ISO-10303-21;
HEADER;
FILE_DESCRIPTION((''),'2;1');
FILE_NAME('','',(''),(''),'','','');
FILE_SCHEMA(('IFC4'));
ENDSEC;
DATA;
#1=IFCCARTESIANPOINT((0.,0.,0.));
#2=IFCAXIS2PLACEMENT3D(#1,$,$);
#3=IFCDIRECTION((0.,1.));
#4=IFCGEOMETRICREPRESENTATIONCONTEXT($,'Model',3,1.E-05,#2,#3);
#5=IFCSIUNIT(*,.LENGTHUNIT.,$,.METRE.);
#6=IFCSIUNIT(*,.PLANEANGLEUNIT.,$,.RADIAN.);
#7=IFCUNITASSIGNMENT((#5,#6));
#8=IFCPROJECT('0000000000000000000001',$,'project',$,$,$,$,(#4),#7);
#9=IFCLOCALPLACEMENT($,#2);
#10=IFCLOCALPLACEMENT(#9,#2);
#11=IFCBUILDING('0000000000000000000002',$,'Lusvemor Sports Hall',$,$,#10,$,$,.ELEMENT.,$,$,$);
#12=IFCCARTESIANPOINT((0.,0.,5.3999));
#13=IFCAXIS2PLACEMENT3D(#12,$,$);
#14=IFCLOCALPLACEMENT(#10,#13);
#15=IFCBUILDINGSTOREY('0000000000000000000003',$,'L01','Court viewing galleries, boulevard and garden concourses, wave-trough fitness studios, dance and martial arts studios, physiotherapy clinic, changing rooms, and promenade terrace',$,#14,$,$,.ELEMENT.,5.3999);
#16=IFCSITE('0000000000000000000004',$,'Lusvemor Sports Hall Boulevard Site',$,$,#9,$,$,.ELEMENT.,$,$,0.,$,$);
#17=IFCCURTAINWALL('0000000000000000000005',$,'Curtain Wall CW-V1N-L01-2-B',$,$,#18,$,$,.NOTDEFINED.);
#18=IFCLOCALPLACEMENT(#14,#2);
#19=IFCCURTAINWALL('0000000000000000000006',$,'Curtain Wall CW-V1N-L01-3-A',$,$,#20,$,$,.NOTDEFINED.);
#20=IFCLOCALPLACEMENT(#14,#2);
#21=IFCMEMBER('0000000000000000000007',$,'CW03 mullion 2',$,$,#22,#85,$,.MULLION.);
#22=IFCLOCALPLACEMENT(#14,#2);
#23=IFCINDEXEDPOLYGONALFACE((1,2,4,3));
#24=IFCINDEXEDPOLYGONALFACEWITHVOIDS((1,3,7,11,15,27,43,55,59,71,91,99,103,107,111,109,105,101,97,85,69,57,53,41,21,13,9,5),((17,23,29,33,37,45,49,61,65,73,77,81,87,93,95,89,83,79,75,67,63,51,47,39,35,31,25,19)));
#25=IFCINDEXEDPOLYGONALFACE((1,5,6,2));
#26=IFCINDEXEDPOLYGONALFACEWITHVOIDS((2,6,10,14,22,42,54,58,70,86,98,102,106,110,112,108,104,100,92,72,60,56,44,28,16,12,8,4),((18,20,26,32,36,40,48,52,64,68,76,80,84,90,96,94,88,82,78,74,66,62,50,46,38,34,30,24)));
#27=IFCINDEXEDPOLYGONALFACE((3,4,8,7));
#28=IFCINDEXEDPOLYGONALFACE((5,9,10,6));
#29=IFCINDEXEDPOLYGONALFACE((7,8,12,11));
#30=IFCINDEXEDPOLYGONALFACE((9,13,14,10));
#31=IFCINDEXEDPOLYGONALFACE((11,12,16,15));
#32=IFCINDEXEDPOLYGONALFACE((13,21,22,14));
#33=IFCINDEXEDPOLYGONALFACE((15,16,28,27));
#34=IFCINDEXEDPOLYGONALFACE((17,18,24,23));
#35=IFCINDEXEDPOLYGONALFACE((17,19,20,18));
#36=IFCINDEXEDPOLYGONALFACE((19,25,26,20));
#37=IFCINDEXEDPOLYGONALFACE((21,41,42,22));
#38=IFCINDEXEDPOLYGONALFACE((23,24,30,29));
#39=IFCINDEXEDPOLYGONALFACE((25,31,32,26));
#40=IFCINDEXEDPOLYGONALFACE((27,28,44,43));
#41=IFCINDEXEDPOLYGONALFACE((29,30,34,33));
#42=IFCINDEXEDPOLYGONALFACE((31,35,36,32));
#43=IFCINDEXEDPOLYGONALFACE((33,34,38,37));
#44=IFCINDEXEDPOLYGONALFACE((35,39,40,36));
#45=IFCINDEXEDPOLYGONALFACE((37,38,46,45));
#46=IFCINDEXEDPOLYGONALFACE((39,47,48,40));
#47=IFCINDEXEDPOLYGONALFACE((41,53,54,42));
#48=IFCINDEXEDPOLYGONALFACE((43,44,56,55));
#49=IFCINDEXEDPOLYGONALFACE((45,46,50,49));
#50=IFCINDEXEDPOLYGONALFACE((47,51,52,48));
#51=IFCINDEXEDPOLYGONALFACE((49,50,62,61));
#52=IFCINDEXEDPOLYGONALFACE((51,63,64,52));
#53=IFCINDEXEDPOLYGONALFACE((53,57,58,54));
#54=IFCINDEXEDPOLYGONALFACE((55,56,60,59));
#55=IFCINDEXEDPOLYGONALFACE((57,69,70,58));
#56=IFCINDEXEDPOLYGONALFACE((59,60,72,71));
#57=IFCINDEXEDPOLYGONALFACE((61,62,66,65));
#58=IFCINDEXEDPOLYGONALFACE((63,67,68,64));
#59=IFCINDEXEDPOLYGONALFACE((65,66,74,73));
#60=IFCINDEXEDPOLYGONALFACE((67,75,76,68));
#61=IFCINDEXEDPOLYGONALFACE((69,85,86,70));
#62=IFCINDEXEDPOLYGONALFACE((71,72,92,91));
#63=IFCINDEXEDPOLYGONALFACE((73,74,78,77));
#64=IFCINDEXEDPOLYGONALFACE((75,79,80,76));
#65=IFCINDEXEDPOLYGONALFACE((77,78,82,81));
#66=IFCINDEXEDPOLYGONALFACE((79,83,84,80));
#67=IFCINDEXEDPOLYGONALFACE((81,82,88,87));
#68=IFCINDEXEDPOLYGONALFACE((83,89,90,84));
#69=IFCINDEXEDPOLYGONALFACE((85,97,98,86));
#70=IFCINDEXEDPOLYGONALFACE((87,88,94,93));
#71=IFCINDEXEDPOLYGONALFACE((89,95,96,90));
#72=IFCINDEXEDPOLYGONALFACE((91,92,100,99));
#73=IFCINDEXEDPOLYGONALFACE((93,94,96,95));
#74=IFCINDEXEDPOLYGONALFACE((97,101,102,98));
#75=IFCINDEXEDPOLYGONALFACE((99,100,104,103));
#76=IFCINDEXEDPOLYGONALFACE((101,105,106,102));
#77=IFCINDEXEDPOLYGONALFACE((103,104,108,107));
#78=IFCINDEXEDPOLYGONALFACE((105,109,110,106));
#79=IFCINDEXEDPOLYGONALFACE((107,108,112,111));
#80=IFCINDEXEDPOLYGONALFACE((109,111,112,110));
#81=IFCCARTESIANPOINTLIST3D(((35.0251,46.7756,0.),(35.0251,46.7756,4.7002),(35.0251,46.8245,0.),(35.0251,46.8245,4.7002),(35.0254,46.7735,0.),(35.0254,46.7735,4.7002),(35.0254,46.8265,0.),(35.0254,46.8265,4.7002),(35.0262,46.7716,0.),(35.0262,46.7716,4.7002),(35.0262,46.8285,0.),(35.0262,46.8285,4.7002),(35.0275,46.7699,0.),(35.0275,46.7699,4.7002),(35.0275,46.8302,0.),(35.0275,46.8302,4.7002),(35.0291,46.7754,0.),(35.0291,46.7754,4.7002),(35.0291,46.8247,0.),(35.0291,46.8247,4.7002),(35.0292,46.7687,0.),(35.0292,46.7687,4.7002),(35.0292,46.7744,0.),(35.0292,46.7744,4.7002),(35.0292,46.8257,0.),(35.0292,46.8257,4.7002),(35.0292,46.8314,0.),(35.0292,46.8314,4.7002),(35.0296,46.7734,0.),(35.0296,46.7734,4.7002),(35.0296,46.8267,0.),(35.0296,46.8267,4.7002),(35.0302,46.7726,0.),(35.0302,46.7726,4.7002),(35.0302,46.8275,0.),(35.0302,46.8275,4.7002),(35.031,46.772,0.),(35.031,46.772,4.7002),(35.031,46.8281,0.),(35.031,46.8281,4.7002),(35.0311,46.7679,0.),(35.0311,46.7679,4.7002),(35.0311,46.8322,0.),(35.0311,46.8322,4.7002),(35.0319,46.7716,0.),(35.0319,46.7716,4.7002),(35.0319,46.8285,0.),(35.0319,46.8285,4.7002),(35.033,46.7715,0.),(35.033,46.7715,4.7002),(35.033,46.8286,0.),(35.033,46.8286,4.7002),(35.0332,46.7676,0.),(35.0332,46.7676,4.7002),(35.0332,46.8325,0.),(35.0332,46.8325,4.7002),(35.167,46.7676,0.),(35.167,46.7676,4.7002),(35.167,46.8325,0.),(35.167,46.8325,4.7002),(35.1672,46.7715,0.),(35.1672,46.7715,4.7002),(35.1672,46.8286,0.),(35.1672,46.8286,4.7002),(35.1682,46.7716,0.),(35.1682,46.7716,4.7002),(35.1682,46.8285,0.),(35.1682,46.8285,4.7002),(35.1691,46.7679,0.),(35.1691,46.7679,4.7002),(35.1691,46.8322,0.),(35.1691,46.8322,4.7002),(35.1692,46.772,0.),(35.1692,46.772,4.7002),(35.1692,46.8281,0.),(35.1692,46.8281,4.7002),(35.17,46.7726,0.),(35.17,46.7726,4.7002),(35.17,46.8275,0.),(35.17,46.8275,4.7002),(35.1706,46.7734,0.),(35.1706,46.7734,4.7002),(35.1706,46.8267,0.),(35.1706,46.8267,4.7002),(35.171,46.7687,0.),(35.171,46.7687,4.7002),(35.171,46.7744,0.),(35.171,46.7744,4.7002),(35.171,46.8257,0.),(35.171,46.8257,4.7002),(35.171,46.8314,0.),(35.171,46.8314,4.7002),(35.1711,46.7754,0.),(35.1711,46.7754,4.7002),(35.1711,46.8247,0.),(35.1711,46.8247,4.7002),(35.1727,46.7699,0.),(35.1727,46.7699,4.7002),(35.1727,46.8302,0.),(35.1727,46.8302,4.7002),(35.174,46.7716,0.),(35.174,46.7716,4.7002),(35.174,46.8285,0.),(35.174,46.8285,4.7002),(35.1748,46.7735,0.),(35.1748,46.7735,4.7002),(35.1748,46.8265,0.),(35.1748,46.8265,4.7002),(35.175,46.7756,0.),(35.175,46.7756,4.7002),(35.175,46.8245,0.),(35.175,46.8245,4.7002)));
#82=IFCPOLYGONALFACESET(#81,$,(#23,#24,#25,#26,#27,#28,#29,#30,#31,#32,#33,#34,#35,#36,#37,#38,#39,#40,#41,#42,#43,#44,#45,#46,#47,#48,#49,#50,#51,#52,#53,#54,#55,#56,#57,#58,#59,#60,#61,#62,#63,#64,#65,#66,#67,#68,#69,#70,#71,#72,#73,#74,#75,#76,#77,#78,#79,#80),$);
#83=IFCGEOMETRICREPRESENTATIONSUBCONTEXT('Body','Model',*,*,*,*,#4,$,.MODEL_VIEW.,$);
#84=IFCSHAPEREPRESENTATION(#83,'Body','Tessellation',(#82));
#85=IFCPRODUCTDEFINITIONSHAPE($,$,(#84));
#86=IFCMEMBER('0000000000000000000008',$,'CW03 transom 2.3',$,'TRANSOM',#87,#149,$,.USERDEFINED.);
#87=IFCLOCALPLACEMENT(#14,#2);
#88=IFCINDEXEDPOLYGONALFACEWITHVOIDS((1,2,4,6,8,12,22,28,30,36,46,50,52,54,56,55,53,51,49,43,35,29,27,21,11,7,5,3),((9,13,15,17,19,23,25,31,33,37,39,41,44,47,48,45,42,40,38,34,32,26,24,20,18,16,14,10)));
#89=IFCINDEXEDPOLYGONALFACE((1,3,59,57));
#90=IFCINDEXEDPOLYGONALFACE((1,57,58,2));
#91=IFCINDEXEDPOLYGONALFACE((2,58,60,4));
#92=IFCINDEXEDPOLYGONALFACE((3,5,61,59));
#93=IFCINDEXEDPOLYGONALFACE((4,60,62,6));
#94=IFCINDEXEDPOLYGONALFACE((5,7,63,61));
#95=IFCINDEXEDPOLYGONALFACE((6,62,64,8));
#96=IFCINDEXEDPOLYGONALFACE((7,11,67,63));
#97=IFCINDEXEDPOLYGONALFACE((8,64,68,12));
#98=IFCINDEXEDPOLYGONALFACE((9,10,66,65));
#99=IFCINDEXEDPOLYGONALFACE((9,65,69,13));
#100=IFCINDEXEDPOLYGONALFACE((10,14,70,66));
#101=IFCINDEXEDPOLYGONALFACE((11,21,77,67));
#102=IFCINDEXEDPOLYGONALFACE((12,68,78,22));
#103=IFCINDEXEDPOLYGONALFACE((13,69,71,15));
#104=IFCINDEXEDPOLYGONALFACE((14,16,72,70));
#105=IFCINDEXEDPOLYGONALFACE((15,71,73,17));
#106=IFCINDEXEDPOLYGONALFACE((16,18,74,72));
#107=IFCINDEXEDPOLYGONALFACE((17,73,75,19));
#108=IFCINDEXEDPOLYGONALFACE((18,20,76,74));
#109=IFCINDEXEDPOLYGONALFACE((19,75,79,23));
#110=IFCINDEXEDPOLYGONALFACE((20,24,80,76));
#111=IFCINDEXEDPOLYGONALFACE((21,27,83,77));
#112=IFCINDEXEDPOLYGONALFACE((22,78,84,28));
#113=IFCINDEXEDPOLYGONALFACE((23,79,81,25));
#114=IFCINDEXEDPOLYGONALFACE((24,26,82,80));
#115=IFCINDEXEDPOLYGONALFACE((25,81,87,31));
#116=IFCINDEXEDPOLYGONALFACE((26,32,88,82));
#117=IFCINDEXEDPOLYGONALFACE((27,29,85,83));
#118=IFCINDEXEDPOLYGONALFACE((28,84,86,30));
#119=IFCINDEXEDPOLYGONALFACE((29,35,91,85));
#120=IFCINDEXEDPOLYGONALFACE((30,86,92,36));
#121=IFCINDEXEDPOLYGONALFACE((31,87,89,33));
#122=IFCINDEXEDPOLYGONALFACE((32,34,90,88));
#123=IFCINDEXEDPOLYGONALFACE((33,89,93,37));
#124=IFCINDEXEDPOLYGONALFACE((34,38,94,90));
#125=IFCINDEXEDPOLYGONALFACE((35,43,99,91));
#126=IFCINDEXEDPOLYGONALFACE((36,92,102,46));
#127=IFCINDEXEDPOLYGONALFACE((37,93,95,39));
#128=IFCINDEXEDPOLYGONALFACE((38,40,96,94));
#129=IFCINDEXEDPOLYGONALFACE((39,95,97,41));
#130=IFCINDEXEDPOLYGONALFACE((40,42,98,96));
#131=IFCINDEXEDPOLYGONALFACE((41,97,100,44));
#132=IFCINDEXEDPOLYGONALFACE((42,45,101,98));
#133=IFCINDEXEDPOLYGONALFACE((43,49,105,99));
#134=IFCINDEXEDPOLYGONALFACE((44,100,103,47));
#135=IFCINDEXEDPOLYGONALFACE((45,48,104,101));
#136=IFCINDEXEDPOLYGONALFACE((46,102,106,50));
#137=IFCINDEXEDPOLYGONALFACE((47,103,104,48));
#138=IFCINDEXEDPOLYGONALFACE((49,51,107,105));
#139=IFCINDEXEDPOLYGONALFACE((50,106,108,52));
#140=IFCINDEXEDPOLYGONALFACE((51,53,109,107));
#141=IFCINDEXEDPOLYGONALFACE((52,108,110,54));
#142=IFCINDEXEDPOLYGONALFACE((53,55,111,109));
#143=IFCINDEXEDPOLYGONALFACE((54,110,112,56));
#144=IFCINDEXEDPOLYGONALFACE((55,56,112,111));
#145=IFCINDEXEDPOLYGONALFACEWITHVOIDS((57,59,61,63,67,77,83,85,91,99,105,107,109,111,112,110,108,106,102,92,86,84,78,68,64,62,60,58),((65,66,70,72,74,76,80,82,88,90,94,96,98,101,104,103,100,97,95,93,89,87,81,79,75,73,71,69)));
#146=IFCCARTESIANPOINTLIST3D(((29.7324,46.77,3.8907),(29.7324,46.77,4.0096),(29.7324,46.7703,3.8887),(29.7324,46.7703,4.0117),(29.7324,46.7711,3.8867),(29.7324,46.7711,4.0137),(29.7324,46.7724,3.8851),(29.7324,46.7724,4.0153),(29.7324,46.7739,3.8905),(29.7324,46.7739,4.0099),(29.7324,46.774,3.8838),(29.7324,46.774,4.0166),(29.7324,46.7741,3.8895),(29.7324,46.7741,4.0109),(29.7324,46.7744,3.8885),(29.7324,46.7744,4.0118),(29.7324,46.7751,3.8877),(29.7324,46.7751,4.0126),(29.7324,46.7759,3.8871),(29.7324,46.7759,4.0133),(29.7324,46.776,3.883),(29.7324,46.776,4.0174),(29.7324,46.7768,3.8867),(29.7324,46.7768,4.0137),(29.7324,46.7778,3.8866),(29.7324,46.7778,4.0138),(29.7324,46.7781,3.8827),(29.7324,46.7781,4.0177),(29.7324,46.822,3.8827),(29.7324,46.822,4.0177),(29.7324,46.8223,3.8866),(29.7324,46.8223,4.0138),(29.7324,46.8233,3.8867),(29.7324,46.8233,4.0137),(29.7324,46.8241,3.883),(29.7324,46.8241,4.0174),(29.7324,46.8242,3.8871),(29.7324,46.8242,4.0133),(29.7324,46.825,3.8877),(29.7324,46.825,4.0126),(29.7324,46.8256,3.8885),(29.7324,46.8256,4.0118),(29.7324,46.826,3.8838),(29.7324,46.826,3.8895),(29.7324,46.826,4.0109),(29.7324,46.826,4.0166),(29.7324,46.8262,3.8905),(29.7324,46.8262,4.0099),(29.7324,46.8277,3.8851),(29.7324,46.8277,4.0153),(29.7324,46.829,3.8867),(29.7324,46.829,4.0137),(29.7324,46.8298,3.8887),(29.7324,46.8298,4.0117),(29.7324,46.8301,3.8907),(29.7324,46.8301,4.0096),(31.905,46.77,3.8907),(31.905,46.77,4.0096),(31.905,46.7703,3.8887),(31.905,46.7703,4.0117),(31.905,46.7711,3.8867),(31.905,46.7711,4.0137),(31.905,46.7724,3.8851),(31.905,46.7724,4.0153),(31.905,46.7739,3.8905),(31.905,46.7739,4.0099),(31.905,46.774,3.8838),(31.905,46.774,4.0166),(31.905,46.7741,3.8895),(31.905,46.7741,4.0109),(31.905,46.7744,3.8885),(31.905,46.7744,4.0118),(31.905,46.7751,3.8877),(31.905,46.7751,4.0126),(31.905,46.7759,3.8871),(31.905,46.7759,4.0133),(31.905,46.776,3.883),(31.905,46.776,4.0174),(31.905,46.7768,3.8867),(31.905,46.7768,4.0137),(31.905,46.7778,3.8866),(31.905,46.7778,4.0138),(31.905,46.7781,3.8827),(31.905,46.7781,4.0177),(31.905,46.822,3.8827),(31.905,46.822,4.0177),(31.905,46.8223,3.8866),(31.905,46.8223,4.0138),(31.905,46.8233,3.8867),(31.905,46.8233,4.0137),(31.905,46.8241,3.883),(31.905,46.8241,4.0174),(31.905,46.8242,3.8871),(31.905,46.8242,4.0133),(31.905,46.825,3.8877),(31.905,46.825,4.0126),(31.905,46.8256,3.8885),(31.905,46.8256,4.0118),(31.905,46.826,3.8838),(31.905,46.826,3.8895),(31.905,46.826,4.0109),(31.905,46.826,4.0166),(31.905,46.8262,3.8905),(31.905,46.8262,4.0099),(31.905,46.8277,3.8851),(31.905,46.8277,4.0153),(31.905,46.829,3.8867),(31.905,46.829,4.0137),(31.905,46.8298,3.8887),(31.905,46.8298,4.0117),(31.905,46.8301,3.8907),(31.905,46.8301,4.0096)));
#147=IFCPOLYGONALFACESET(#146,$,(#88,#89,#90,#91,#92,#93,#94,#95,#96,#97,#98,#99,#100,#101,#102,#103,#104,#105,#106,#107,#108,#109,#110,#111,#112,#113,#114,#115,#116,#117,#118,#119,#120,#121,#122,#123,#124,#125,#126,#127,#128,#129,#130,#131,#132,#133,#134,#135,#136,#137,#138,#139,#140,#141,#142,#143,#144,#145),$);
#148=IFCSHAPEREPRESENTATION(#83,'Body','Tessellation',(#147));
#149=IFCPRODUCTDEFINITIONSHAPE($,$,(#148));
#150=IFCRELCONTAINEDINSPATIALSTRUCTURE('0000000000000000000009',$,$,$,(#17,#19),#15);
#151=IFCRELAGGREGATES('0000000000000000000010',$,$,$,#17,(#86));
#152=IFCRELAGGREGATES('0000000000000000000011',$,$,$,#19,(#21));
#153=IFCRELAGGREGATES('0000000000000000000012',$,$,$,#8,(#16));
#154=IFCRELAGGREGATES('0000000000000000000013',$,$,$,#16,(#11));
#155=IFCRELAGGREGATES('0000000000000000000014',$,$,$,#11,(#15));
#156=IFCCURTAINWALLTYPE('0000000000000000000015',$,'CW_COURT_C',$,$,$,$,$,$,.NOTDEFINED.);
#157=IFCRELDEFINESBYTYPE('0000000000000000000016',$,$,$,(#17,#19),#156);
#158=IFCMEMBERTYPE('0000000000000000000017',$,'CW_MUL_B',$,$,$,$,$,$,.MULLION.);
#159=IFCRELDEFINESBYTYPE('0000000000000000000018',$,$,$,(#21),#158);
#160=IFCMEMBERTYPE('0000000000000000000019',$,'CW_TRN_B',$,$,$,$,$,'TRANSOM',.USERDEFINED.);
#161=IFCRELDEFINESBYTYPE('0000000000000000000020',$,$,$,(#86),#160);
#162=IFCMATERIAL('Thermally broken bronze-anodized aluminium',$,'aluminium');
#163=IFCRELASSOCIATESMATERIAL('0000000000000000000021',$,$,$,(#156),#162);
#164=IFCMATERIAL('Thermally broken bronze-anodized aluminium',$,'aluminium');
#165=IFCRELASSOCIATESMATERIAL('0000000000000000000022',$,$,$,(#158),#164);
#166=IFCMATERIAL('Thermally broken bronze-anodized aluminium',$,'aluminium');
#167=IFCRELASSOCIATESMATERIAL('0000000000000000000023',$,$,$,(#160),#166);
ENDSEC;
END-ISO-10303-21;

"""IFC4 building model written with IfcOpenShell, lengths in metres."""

from ifc_helpers import new_model, si_unit, direction, frame, origin, origin_2d, place, context, subcontext, project, spatial, hollow_rectangle, extrude, material, material_profile, profile_set, type_object, element, aggregate, save


model = new_model("IFC4")

# Units and contexts
model_context = context("Model", 3, precision=1e-05, world=origin(), true_north=direction((0.0, 1.0)))
body_context = subcontext(model_context, "Body", "Model", "MODEL_VIEW")
ifc_project = project(units=[si_unit("LENGTHUNIT", "METRE"), si_unit("PLANEANGLEUNIT", "RADIAN")], contexts=[model_context])

# Site, building, storey
site_placement = place(None, origin())
site = spatial("IfcSite", under=ifc_project, at=site_placement, Name="Lusvemor Sports Hall Boulevard Site", CompositionType="ELEMENT", RefElevation=0.0)
building_placement = place(site_placement, origin())
building = spatial("IfcBuilding", under=site, at=building_placement, Name="Lusvemor Sports Hall", CompositionType="ELEMENT")
storey_placement = place(building_placement, frame((0.0, 0.0, 5.3999)))
storey = spatial("IfcBuildingStorey", under=building, at=storey_placement, Name="L01", Description="Court viewing galleries, boulevard and garden concourses, wave-trough fitness studios, dance and martial arts studios, physiotherapy clinic, changing rooms, and promenade terrace", CompositionType="ELEMENT", Elevation=5.3999)

# Curtain wall
ifc_material_1 = material(Name="Thermally broken bronze-anodized aluminium", Category="aluminium")
curtain_wall_type = type_object("IfcCurtainWallType", Name="CW_COURT_C", PredefinedType="NOTDEFINED", material=ifc_material_1)
curtain_wall_1_placement = place(storey_placement, origin())
curtain_wall_1 = element("IfcCurtainWall", 1, at=curtain_wall_1_placement, inside=storey, type_object=curtain_wall_type, Name="Curtain Wall CW-V1N-L01-2-B", PredefinedType="NOTDEFINED")
ifc_material_2 = material(Name="Thermally broken bronze-anodized aluminium", Category="aluminium")
ifc_material_profile_1 = material_profile(ifc_material_2, hollow_rectangle(XDim=0.0649, YDim=0.1499, WallThickness=0.0039, InnerFilletRadius=0.0039, OuterFilletRadius=0.0081, at=origin_2d()), Name="CWMUL150x65x4")
ifc_profile_set_1 = profile_set([ifc_material_profile_1], Name="Thermally broken bronze-anodized aluminium")
member_type_1 = type_object("IfcMemberType", Name="CW_MUL_B", PredefinedType="MULLION", material=ifc_profile_set_1)

# Curtain wall, member
curtain_wall_2_placement = place(storey_placement, origin())
curtain_wall_2 = element("IfcCurtainWall", 2, at=curtain_wall_2_placement, inside=storey, type_object=curtain_wall_type, Name="Curtain Wall CW-V1N-L01-3-A", PredefinedType="NOTDEFINED")
member_1_placement = place(storey_placement, frame((35.1001, 46.8, 0.0), z_axis=(0.0, 0.0, 1.0), x_axis=(0.0, 1.0, 0.0)))
member_1 = element("IfcMember", 3, at=member_1_placement, type_object=member_type_1, Name="CW03 mullion 2", PredefinedType="MULLION", context=body_context, shape_type="SweptSolid", body=[
    extrude(hollow_rectangle(XDim=0.0649, YDim=0.1499, WallThickness=0.0039, InnerFilletRadius=0.0039, OuterFilletRadius=0.0081, at=origin_2d()), origin(), (0.0, 0.0, 1.0), 4.7002),
])

# Member
ifc_material_3 = material(Name="Thermally broken bronze-anodized aluminium", Category="aluminium")
ifc_material_profile_2 = material_profile(ifc_material_3, hollow_rectangle(XDim=0.0601, YDim=0.135, WallThickness=0.0039, InnerFilletRadius=0.0039, OuterFilletRadius=0.0081, at=origin_2d()), Name="CWTRN135x60x4")
ifc_profile_set_2 = profile_set([ifc_material_profile_2], Name="Thermally broken bronze-anodized aluminium")
member_type_2 = type_object("IfcMemberType", Name="CW_TRN_B", ElementType="TRANSOM", PredefinedType="USERDEFINED", material=ifc_profile_set_2)
member_2_placement = place(storey_placement, frame((29.7324, 46.8, 3.9502), z_axis=(1.0, 0.0, 0.0), x_axis=(0.0, 1.0, 0.0)))
member_2 = element("IfcMember", 4, at=member_2_placement, type_object=member_type_2, Name="CW03 transom 2.3", ObjectType="TRANSOM", PredefinedType="USERDEFINED", context=body_context, shape_type="SweptSolid", body=[
    extrude(hollow_rectangle(XDim=0.0601, YDim=0.135, WallThickness=0.0039, InnerFilletRadius=0.0039, OuterFilletRadius=0.0081, at=origin_2d()), origin(), (0.0, 0.0, 1.0), 2.1726),
])

aggregate(curtain_wall_1, [member_2])
aggregate(curtain_wall_2, [member_1])

save(model, "model.ifc")
